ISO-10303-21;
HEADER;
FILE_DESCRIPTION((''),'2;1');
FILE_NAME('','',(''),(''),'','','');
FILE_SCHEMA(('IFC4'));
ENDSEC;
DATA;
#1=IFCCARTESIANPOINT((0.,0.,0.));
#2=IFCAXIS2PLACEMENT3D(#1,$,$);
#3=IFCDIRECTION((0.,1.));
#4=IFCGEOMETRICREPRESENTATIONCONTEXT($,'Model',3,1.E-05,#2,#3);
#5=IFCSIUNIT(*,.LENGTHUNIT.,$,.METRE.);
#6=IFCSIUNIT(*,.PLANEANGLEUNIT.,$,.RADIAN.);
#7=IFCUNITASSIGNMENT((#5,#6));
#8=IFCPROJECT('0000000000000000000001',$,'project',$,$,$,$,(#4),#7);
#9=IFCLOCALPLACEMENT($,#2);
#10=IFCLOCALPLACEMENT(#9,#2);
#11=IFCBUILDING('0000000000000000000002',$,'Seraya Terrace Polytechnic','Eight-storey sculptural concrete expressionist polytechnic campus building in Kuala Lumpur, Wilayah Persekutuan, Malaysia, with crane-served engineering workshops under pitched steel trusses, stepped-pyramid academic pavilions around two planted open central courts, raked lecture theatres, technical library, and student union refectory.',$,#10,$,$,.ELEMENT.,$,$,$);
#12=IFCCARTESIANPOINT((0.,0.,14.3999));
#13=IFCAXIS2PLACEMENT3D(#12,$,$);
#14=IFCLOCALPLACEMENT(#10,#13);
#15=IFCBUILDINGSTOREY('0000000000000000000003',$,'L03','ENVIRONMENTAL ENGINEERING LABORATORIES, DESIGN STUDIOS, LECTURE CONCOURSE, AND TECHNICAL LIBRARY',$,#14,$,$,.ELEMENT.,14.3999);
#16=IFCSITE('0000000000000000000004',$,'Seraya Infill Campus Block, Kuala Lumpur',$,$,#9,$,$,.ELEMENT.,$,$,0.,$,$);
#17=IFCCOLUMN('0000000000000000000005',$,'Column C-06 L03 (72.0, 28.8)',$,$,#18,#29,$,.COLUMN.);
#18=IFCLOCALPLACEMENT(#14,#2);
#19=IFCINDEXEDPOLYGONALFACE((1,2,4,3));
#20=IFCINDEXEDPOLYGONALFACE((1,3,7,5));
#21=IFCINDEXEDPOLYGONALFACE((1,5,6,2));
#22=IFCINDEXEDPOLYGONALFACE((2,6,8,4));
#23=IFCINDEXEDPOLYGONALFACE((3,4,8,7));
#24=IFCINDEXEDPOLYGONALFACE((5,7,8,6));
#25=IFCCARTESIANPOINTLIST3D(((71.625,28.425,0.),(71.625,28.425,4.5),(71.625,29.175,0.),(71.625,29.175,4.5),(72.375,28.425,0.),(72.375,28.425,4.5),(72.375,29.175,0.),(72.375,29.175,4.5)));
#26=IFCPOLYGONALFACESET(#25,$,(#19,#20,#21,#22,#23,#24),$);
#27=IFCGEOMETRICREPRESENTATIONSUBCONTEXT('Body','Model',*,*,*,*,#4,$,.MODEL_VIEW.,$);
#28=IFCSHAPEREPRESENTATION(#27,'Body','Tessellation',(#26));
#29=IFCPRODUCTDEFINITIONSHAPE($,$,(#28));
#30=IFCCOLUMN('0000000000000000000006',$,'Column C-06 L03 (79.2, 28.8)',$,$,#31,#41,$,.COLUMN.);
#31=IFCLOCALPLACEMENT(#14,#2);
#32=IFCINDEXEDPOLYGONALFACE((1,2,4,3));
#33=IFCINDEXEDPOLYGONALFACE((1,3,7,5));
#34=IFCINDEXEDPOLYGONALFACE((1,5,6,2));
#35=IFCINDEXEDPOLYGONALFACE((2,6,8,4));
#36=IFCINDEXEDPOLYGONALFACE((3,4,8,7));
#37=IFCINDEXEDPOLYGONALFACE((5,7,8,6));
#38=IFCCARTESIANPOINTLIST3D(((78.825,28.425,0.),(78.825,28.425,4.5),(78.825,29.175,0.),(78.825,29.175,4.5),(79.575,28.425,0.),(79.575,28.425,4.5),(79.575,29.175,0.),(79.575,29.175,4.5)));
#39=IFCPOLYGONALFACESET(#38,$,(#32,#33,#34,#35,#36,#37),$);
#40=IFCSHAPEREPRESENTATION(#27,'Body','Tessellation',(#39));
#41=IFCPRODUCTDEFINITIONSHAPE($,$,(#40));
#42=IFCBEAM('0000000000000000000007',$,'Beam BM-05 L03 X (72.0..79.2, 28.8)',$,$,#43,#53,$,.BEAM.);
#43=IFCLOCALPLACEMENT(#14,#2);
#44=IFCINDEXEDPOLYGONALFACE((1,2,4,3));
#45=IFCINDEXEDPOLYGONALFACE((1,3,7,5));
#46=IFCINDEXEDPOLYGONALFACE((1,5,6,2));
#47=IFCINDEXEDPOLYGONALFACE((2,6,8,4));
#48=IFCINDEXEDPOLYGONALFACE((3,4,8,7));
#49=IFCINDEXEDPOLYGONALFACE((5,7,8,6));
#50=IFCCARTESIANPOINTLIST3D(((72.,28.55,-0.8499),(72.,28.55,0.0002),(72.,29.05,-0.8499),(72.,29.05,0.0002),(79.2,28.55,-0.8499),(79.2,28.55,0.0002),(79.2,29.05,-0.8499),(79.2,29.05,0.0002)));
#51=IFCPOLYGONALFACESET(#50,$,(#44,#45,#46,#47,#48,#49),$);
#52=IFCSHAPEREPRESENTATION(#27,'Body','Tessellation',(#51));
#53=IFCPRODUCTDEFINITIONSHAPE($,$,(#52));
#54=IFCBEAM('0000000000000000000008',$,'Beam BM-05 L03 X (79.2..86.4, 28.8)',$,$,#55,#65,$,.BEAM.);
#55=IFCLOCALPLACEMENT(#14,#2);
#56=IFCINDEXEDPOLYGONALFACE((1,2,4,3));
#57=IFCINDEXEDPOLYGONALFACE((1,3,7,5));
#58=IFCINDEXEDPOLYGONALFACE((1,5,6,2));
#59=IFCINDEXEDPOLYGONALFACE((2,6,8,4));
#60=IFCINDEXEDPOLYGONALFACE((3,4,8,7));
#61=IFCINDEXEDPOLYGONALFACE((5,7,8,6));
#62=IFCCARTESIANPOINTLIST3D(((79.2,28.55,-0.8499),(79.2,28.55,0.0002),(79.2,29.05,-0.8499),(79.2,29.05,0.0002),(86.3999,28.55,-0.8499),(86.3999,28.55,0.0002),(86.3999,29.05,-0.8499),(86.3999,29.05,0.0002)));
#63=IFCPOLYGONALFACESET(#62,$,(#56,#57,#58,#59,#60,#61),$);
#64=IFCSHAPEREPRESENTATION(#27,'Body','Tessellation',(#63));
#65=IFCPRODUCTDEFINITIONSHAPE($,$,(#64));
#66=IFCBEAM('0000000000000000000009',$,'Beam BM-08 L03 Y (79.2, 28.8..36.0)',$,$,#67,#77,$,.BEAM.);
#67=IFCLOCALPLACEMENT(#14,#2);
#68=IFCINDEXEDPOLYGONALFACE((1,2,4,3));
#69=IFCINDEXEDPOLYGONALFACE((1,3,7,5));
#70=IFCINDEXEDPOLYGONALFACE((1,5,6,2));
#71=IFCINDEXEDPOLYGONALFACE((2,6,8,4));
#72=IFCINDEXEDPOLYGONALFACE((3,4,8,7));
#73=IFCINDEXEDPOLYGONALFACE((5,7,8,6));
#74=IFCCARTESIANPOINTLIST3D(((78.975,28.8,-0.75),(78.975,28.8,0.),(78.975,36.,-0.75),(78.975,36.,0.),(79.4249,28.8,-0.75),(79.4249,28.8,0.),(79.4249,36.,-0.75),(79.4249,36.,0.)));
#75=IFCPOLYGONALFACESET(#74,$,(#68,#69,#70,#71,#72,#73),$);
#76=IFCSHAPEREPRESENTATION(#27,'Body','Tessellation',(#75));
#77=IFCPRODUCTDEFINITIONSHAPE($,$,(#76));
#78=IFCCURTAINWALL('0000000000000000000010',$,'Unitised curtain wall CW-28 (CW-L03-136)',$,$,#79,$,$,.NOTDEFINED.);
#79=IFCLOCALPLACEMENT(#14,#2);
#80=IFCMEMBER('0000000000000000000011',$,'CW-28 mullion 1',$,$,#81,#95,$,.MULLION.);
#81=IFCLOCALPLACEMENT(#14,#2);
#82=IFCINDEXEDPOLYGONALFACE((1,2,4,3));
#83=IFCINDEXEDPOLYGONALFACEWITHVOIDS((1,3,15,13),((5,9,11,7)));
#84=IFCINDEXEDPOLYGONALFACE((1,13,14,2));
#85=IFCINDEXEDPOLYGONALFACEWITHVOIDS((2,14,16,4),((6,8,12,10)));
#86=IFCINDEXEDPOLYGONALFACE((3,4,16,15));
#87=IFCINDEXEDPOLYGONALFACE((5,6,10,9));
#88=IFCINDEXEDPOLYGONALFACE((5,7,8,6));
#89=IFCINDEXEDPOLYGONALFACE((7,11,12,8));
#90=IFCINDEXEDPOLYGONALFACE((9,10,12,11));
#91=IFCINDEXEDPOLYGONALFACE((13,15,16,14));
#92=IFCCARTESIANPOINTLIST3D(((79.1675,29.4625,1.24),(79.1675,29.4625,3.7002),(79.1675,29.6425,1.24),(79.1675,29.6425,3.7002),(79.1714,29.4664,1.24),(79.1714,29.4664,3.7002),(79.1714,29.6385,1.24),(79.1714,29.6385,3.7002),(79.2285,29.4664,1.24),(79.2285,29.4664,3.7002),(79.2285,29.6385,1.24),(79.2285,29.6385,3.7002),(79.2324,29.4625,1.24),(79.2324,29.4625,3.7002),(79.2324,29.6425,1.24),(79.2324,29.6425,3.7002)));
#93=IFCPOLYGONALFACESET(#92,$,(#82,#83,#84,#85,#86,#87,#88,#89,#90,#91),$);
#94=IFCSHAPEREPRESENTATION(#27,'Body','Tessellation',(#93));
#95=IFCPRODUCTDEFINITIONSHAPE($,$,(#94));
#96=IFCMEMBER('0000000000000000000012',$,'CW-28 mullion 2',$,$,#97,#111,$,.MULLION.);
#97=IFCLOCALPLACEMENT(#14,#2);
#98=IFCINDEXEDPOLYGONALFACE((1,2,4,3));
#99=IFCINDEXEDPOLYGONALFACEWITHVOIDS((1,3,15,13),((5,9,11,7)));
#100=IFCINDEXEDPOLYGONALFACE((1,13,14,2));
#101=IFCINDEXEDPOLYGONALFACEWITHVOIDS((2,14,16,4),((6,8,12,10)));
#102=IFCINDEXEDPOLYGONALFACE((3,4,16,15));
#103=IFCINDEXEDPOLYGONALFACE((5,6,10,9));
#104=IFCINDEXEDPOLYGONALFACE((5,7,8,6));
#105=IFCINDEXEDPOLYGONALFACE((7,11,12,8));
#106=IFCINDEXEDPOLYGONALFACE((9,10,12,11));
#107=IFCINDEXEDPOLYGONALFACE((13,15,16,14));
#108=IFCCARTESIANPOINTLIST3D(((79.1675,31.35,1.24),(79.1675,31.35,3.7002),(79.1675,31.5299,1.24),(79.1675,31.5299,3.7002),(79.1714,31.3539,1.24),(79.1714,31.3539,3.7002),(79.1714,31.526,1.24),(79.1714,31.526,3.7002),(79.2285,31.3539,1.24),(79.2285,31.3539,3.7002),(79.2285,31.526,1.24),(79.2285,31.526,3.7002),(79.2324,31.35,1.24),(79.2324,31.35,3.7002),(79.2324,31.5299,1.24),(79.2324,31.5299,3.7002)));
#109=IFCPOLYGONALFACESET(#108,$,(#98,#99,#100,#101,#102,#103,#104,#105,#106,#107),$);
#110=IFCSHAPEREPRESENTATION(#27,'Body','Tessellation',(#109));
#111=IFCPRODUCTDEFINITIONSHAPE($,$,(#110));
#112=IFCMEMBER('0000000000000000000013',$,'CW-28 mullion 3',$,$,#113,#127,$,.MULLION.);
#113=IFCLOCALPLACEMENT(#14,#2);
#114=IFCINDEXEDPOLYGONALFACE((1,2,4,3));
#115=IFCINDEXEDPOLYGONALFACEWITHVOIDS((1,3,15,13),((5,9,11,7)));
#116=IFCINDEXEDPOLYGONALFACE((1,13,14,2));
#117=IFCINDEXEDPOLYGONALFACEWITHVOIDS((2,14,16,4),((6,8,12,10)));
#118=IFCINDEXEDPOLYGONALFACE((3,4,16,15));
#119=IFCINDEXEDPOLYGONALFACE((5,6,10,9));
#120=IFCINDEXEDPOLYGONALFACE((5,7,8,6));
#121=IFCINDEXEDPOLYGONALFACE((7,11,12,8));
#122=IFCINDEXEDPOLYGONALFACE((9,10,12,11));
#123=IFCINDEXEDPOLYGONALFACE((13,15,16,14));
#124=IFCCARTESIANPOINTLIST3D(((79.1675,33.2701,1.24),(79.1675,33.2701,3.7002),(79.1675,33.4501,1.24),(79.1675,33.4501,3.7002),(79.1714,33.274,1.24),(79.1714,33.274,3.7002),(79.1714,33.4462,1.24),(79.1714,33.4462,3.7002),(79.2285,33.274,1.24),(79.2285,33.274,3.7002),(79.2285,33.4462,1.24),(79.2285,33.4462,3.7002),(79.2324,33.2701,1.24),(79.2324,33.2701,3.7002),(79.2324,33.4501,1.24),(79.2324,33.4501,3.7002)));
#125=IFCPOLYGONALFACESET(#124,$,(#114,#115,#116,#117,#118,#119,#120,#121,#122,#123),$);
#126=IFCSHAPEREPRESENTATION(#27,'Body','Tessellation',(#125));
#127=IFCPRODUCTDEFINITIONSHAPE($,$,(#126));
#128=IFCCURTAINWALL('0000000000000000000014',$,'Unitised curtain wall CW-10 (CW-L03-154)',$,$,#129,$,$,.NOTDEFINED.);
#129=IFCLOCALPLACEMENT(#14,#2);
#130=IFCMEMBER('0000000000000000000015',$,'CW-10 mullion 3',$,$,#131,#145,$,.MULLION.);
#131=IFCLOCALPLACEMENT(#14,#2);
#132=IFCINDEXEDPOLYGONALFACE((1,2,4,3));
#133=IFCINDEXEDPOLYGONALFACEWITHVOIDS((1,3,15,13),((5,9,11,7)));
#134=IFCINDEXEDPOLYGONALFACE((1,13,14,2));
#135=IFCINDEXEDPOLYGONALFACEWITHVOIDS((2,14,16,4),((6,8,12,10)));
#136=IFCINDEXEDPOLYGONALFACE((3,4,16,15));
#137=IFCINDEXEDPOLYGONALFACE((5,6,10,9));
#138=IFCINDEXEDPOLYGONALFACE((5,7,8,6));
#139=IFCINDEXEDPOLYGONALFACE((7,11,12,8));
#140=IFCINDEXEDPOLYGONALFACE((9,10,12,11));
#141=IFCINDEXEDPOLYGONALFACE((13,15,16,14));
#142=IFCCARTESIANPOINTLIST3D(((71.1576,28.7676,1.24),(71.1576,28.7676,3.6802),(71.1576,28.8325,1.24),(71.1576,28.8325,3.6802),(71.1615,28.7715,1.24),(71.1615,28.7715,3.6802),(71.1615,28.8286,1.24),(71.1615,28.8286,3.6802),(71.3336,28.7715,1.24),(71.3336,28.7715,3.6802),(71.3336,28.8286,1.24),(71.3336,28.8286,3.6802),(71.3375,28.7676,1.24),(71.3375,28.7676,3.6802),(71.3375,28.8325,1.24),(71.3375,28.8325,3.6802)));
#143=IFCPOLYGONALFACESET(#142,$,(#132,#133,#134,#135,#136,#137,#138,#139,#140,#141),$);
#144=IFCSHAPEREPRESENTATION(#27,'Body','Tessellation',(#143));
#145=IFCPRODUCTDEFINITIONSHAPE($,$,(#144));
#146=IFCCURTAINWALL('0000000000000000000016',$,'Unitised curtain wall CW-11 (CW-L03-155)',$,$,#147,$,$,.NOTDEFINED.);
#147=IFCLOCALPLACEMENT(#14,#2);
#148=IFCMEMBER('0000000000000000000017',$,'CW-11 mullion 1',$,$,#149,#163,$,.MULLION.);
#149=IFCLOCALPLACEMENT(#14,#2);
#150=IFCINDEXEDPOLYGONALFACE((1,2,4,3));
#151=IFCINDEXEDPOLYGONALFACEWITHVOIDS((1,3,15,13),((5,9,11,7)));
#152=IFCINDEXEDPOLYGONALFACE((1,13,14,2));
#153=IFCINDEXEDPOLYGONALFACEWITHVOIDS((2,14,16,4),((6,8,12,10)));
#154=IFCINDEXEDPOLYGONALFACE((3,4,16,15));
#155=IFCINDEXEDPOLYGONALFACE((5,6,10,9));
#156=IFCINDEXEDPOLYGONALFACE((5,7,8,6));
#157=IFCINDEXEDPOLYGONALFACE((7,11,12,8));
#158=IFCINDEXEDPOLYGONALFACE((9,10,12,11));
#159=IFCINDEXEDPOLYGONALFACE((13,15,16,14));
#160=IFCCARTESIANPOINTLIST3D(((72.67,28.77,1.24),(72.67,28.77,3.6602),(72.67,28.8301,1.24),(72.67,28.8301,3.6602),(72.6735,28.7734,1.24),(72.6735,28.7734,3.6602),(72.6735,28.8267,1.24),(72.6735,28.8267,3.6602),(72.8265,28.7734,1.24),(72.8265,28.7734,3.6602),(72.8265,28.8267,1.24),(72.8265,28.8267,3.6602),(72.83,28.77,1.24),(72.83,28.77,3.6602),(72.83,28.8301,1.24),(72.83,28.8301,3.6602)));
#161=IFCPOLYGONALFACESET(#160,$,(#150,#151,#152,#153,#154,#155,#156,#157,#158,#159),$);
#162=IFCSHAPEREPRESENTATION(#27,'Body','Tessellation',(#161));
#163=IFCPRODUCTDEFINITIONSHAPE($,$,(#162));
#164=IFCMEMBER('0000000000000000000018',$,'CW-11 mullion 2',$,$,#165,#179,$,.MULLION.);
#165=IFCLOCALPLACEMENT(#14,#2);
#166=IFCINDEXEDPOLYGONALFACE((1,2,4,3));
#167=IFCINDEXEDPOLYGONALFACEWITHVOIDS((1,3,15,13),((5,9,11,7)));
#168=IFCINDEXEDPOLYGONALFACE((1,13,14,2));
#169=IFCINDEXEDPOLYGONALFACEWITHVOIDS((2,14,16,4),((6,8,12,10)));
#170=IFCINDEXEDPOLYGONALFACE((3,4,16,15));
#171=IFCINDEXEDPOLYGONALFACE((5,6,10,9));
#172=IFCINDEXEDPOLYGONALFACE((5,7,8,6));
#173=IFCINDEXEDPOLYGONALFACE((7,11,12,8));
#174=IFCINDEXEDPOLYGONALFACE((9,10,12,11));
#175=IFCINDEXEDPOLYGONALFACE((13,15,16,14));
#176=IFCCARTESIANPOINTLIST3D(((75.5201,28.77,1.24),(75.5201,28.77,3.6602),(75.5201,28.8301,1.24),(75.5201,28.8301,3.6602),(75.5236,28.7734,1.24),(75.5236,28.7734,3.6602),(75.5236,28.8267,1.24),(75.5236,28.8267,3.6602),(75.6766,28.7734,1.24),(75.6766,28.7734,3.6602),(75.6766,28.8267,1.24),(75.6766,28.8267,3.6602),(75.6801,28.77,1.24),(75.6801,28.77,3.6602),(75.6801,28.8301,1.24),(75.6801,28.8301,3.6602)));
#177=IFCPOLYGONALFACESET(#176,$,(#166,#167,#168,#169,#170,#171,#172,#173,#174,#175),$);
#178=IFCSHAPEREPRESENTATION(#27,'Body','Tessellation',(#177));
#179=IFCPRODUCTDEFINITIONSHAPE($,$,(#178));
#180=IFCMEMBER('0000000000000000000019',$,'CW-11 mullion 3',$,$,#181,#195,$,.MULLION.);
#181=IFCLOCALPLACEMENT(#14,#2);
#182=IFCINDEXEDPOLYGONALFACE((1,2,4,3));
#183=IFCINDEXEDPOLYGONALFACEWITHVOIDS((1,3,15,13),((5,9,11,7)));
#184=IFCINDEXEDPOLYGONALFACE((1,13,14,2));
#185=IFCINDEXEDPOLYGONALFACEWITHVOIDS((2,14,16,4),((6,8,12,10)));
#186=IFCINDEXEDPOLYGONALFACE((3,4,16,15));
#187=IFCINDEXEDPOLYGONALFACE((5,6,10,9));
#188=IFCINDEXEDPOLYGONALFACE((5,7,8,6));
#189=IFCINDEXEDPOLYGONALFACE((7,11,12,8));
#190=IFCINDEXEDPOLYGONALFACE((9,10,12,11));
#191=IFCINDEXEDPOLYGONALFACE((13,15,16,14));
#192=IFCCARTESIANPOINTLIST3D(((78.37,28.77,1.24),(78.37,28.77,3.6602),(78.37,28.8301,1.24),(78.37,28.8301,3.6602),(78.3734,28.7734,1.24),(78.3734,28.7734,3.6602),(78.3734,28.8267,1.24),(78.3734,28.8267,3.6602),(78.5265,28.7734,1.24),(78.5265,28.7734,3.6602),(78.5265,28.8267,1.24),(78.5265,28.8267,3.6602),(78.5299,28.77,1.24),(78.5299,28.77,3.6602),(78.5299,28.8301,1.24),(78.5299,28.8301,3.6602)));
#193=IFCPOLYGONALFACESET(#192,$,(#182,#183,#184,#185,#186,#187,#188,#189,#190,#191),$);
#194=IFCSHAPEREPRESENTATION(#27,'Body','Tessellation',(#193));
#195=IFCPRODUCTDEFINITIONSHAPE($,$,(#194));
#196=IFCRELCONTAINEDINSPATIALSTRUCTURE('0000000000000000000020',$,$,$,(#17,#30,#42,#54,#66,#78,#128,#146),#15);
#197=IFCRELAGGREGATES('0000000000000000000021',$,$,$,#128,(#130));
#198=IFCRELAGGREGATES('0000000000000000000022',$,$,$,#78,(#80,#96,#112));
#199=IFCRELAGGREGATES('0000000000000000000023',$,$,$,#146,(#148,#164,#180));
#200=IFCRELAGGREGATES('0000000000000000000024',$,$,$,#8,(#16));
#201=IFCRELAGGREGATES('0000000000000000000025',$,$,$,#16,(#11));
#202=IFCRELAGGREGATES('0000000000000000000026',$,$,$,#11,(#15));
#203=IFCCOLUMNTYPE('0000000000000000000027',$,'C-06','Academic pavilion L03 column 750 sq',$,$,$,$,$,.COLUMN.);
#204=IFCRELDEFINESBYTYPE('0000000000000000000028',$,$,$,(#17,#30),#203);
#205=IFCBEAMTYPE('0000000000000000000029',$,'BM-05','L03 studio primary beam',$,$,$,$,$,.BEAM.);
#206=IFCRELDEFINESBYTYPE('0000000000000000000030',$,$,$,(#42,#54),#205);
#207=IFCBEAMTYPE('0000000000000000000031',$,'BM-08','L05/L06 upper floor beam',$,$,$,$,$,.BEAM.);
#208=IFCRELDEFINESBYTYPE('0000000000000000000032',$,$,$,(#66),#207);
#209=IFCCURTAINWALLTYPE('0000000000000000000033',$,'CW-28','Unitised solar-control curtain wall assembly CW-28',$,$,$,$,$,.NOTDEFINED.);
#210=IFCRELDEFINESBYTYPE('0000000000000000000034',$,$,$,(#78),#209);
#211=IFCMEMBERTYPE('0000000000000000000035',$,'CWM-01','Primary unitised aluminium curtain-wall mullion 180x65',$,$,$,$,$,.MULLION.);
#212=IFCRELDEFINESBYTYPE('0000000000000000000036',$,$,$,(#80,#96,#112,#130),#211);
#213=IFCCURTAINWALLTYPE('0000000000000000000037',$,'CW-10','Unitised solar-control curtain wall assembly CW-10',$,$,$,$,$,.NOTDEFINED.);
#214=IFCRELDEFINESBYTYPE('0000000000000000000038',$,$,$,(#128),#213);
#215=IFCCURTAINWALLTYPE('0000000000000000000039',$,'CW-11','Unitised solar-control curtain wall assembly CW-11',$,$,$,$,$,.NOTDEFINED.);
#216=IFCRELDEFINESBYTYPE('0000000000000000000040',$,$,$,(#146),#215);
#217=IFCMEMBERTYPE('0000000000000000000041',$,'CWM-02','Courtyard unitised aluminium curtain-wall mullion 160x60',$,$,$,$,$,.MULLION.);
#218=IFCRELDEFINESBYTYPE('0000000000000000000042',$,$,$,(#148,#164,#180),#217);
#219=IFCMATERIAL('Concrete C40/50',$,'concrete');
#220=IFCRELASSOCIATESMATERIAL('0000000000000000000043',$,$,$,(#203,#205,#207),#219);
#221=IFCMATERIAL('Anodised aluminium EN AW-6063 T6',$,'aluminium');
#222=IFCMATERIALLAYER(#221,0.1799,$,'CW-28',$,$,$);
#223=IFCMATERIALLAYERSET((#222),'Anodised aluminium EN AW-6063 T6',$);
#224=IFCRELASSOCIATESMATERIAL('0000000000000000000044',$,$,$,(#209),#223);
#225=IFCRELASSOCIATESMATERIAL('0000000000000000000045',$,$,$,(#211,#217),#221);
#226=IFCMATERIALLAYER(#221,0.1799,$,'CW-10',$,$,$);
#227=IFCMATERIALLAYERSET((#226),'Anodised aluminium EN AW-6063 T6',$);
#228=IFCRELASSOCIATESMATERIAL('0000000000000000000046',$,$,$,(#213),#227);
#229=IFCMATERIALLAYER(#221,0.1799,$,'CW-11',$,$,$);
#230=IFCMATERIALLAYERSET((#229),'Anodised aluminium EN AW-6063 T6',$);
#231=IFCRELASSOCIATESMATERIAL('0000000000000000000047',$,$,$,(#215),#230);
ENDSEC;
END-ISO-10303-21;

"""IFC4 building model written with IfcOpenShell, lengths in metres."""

from ifc_helpers import new_model, si_unit, direction, frame, origin, origin_2d, place, context, subcontext, project, spatial, rectangle, hollow_rectangle, extrude, material, layer, layer_set, material_profile, profile_set, type_object, element, aggregate, save


model = new_model("IFC4")

# Units and contexts
model_context = context("Model", 3, precision=1e-05, world=origin(), true_north=direction((0.0, 1.0)))
body_context = subcontext(model_context, "Body", "Model", "MODEL_VIEW")
ifc_project = project(units=[si_unit("LENGTHUNIT", "METRE"), si_unit("PLANEANGLEUNIT", "RADIAN")], contexts=[model_context])

# Site, building, storey
site_placement = place(None, origin())
site = spatial("IfcSite", under=ifc_project, at=site_placement, Name="Seraya Infill Campus Block, Kuala Lumpur", CompositionType="ELEMENT", RefElevation=0.0)
building_placement = place(site_placement, origin())
building = spatial("IfcBuilding", under=site, at=building_placement, Name="Seraya Terrace Polytechnic", Description="Eight-storey sculptural concrete expressionist polytechnic campus building in Kuala Lumpur, Wilayah Persekutuan, Malaysia, with crane-served engineering workshops under pitched steel trusses, stepped-pyramid academic pavilions around two planted open central courts, raked lecture theatres, technical library, and student union refectory.", CompositionType="ELEMENT")
storey_placement = place(building_placement, frame((0.0, 0.0, 14.3999)))
storey = spatial("IfcBuildingStorey", under=building, at=storey_placement, Name="L03", Description="ENVIRONMENTAL ENGINEERING LABORATORIES, DESIGN STUDIOS, LECTURE CONCOURSE, AND TECHNICAL LIBRARY", CompositionType="ELEMENT", Elevation=14.3999)

# Columns
ifc_material_1 = material(Name="Concrete C40/50", Category="concrete")
ifc_material_profile_1 = material_profile(ifc_material_1, rectangle(XDim=0.75, YDim=0.75, at=origin_2d()), Name="RC 750x750")
ifc_profile_set_1 = profile_set([ifc_material_profile_1], Name="Concrete C40/50")
column_type = type_object("IfcColumnType", Name="C-06", Description="Academic pavilion L03 column 750 sq", PredefinedType="COLUMN", material=ifc_profile_set_1)
for number, where, z_axis, x_axis, name in (
    (1, (72.0, 28.8, 0.0), (0.0, 0.0, 1.0), (1.0, 0.0, 0.0), "Column C-06 L03 (72.0, 28.8)"),
    (2, (79.2, 28.8, 0.0), (0.0, 0.0, 1.0), (1.0, 0.0, 0.0), "Column C-06 L03 (79.2, 28.8)"),
):
    element("IfcColumn", number, at=place(storey_placement, frame(where, z_axis=z_axis, x_axis=x_axis)), inside=storey, type_object=column_type, Name=name, PredefinedType="COLUMN", context=body_context, shape_type="SweptSolid", body=[
        extrude(rectangle(XDim=0.75, YDim=0.75, at=origin_2d()), origin(), (0.0, 0.0, 1.0), 4.5),
    ])

# Beams
ifc_material_profile_2 = material_profile(ifc_material_1, rectangle(XDim=0.5, YDim=0.8501, at=origin_2d()), Name="RC 500x850")
ifc_profile_set_2 = profile_set([ifc_material_profile_2], Name="Concrete C40/50")
beam_type_1 = type_object("IfcBeamType", Name="BM-05", Description="L03 studio primary beam", PredefinedType="BEAM", material=ifc_profile_set_2)
for number, where, z_axis, x_axis, name in (
    (3, (72.0, 28.8, -0.4248), (1.0, 0.0, 0.0), (0.0, 1.0, 0.0), "Beam BM-05 L03 X (72.0..79.2, 28.8)"),
    (4, (79.2, 28.8, -0.4248), (1.0, 0.0, 0.0), (0.0, 1.0, 0.0), "Beam BM-05 L03 X (79.2..86.4, 28.8)"),
):
    element("IfcBeam", number, at=place(storey_placement, frame(where, z_axis=z_axis, x_axis=x_axis)), inside=storey, type_object=beam_type_1, Name=name, PredefinedType="BEAM", context=body_context, shape_type="SweptSolid", body=[
        extrude(rectangle(XDim=0.5, YDim=0.8501, at=origin_2d()), origin(), (0.0, 0.0, 1.0), 7.2),
    ])
ifc_material_profile_3 = material_profile(ifc_material_1, rectangle(XDim=0.45, YDim=0.75, at=origin_2d()), Name="RC 450x750")
ifc_profile_set_3 = profile_set([ifc_material_profile_3], Name="Concrete C40/50")
beam_type_2 = type_object("IfcBeamType", Name="BM-08", Description="L05/L06 upper floor beam", PredefinedType="BEAM", material=ifc_profile_set_3)
beam_placement = place(storey_placement, frame((79.2, 28.8, -0.375), z_axis=(0.0, 1.0, 0.0), x_axis=(-1.0, 0.0, 0.0)))
element("IfcBeam", 5, at=beam_placement, inside=storey, type_object=beam_type_2, Name="Beam BM-08 L03 Y (79.2, 28.8..36.0)", PredefinedType="BEAM", context=body_context, shape_type="SweptSolid", body=[
    extrude(rectangle(XDim=0.45, YDim=0.75, at=origin_2d()), origin(), (0.0, 0.0, 1.0), 7.2),
])

# Curtain wall, members
ifc_material_2 = material(Name="Anodised aluminium EN AW-6063 T6", Category="aluminium")
ifc_layer_1 = layer(ifc_material_2, 0.1799, Name="CW-28")
ifc_layer_set_1 = layer_set([ifc_layer_1], Name="Anodised aluminium EN AW-6063 T6")
curtain_wall_type_1 = type_object("IfcCurtainWallType", Name="CW-28", Description="Unitised solar-control curtain wall assembly CW-28", PredefinedType="NOTDEFINED", material=ifc_layer_set_1)
curtain_wall_1_placement = place(storey_placement, origin())
curtain_wall_1 = element("IfcCurtainWall", 6, at=curtain_wall_1_placement, inside=storey, type_object=curtain_wall_type_1, Name="Unitised curtain wall CW-28 (CW-L03-136)", PredefinedType="NOTDEFINED")
ifc_material_profile_4 = material_profile(ifc_material_2, hollow_rectangle(XDim=0.0649, YDim=0.1799, WallThickness=0.0039, at=origin_2d()), Name="RHS 180x65x4.0")
ifc_profile_set_4 = profile_set([ifc_material_profile_4], Name="Anodised aluminium EN AW-6063 T6")
member_type_1 = type_object("IfcMemberType", Name="CWM-01", Description="Primary unitised aluminium curtain-wall mullion 180x65", PredefinedType="MULLION", material=ifc_profile_set_4)
member_1_placement = place(storey_placement, frame((79.2, 29.5525, 1.24), z_axis=(0.0, 0.0, 1.0), x_axis=(-1.0, 0.0, 0.0)))
member_1 = element("IfcMember", 7, at=member_1_placement, type_object=member_type_1, Name="CW-28 mullion 1", PredefinedType="MULLION", context=body_context, shape_type="SweptSolid", body=[
    extrude(hollow_rectangle(XDim=0.0649, YDim=0.1799, WallThickness=0.0039, at=origin_2d()), origin(), (0.0, 0.0, 1.0), 2.4602),
])
member_2_placement = place(storey_placement, frame((79.2, 31.4399, 1.24), z_axis=(0.0, 0.0, 1.0), x_axis=(-1.0, 0.0, 0.0)))
member_2 = element("IfcMember", 8, at=member_2_placement, type_object=member_type_1, Name="CW-28 mullion 2", PredefinedType="MULLION", context=body_context, shape_type="SweptSolid", body=[
    extrude(hollow_rectangle(XDim=0.0649, YDim=0.1799, WallThickness=0.0039, at=origin_2d()), origin(), (0.0, 0.0, 1.0), 2.4602),
])
member_3_placement = place(storey_placement, frame((79.2, 33.3601, 1.24), z_axis=(0.0, 0.0, 1.0), x_axis=(-1.0, 0.0, 0.0)))
member_3 = element("IfcMember", 9, at=member_3_placement, type_object=member_type_1, Name="CW-28 mullion 3", PredefinedType="MULLION", context=body_context, shape_type="SweptSolid", body=[
    extrude(hollow_rectangle(XDim=0.0649, YDim=0.1799, WallThickness=0.0039, at=origin_2d()), origin(), (0.0, 0.0, 1.0), 2.4602),
])

# Curtain wall, member
ifc_layer_2 = layer(ifc_material_2, 0.1799, Name="CW-10")
ifc_layer_set_2 = layer_set([ifc_layer_2], Name="Anodised aluminium EN AW-6063 T6")
curtain_wall_type_2 = type_object("IfcCurtainWallType", Name="CW-10", Description="Unitised solar-control curtain wall assembly CW-10", PredefinedType="NOTDEFINED", material=ifc_layer_set_2)
curtain_wall_2_placement = place(storey_placement, origin())
curtain_wall_2 = element("IfcCurtainWall", 10, at=curtain_wall_2_placement, inside=storey, type_object=curtain_wall_type_2, Name="Unitised curtain wall CW-10 (CW-L03-154)", PredefinedType="NOTDEFINED")
member_4_placement = place(storey_placement, frame((71.2476, 28.8, 1.24), z_axis=(0.0, 0.0, 1.0), x_axis=(0.0, 1.0, 0.0)))
member_4 = element("IfcMember", 11, at=member_4_placement, type_object=member_type_1, Name="CW-10 mullion 3", PredefinedType="MULLION", context=body_context, shape_type="SweptSolid", body=[
    extrude(hollow_rectangle(XDim=0.0649, YDim=0.1799, WallThickness=0.0039, at=origin_2d()), origin(), (0.0, 0.0, 1.0), 2.4402),
])
aggregate(curtain_wall_2, [member_4])

# Curtain wall, members
ifc_layer_3 = layer(ifc_material_2, 0.1799, Name="CW-11")
ifc_layer_set_3 = layer_set([ifc_layer_3], Name="Anodised aluminium EN AW-6063 T6")
curtain_wall_type_3 = type_object("IfcCurtainWallType", Name="CW-11", Description="Unitised solar-control curtain wall assembly CW-11", PredefinedType="NOTDEFINED", material=ifc_layer_set_3)
curtain_wall_3_placement = place(storey_placement, origin())
curtain_wall_3 = element("IfcCurtainWall", 12, at=curtain_wall_3_placement, inside=storey, type_object=curtain_wall_type_3, Name="Unitised curtain wall CW-11 (CW-L03-155)", PredefinedType="NOTDEFINED")
ifc_material_profile_5 = material_profile(ifc_material_2, hollow_rectangle(XDim=0.0601, YDim=0.1599, WallThickness=0.0034, at=origin_2d()), Name="RHS 160x60x3.5")
ifc_profile_set_5 = profile_set([ifc_material_profile_5], Name="Anodised aluminium EN AW-6063 T6")
member_type_2 = type_object("IfcMemberType", Name="CWM-02", Description="Courtyard unitised aluminium curtain-wall mullion 160x60", PredefinedType="MULLION", material=ifc_profile_set_5)
member_5_placement = place(storey_placement, frame((72.75, 28.8, 1.24), z_axis=(0.0, 0.0, 1.0), x_axis=(0.0, 1.0, 0.0)))
member_5 = element("IfcMember", 13, at=member_5_placement, type_object=member_type_2, Name="CW-11 mullion 1", PredefinedType="MULLION", context=body_context, shape_type="SweptSolid", body=[
    extrude(hollow_rectangle(XDim=0.0601, YDim=0.1599, WallThickness=0.0034, at=origin_2d()), origin(), (0.0, 0.0, 1.0), 2.4202),
])
member_6_placement = place(storey_placement, frame((75.6001, 28.8, 1.24), z_axis=(0.0, 0.0, 1.0), x_axis=(0.0, 1.0, 0.0)))
member_6 = element("IfcMember", 14, at=member_6_placement, type_object=member_type_2, Name="CW-11 mullion 2", PredefinedType="MULLION", context=body_context, shape_type="SweptSolid", body=[
    extrude(hollow_rectangle(XDim=0.0601, YDim=0.1599, WallThickness=0.0034, at=origin_2d()), origin(), (0.0, 0.0, 1.0), 2.4202),
])
member_7_placement = place(storey_placement, frame((78.45, 28.8, 1.24), z_axis=(0.0, 0.0, 1.0), x_axis=(0.0, 1.0, 0.0)))
member_7 = element("IfcMember", 15, at=member_7_placement, type_object=member_type_2, Name="CW-11 mullion 3", PredefinedType="MULLION", context=body_context, shape_type="SweptSolid", body=[
    extrude(hollow_rectangle(XDim=0.0601, YDim=0.1599, WallThickness=0.0034, at=origin_2d()), origin(), (0.0, 0.0, 1.0), 2.4202),
])

aggregate(curtain_wall_1, [member_1, member_2, member_3])
aggregate(curtain_wall_3, [member_5, member_6, member_7])

save(model, "model.ifc")
